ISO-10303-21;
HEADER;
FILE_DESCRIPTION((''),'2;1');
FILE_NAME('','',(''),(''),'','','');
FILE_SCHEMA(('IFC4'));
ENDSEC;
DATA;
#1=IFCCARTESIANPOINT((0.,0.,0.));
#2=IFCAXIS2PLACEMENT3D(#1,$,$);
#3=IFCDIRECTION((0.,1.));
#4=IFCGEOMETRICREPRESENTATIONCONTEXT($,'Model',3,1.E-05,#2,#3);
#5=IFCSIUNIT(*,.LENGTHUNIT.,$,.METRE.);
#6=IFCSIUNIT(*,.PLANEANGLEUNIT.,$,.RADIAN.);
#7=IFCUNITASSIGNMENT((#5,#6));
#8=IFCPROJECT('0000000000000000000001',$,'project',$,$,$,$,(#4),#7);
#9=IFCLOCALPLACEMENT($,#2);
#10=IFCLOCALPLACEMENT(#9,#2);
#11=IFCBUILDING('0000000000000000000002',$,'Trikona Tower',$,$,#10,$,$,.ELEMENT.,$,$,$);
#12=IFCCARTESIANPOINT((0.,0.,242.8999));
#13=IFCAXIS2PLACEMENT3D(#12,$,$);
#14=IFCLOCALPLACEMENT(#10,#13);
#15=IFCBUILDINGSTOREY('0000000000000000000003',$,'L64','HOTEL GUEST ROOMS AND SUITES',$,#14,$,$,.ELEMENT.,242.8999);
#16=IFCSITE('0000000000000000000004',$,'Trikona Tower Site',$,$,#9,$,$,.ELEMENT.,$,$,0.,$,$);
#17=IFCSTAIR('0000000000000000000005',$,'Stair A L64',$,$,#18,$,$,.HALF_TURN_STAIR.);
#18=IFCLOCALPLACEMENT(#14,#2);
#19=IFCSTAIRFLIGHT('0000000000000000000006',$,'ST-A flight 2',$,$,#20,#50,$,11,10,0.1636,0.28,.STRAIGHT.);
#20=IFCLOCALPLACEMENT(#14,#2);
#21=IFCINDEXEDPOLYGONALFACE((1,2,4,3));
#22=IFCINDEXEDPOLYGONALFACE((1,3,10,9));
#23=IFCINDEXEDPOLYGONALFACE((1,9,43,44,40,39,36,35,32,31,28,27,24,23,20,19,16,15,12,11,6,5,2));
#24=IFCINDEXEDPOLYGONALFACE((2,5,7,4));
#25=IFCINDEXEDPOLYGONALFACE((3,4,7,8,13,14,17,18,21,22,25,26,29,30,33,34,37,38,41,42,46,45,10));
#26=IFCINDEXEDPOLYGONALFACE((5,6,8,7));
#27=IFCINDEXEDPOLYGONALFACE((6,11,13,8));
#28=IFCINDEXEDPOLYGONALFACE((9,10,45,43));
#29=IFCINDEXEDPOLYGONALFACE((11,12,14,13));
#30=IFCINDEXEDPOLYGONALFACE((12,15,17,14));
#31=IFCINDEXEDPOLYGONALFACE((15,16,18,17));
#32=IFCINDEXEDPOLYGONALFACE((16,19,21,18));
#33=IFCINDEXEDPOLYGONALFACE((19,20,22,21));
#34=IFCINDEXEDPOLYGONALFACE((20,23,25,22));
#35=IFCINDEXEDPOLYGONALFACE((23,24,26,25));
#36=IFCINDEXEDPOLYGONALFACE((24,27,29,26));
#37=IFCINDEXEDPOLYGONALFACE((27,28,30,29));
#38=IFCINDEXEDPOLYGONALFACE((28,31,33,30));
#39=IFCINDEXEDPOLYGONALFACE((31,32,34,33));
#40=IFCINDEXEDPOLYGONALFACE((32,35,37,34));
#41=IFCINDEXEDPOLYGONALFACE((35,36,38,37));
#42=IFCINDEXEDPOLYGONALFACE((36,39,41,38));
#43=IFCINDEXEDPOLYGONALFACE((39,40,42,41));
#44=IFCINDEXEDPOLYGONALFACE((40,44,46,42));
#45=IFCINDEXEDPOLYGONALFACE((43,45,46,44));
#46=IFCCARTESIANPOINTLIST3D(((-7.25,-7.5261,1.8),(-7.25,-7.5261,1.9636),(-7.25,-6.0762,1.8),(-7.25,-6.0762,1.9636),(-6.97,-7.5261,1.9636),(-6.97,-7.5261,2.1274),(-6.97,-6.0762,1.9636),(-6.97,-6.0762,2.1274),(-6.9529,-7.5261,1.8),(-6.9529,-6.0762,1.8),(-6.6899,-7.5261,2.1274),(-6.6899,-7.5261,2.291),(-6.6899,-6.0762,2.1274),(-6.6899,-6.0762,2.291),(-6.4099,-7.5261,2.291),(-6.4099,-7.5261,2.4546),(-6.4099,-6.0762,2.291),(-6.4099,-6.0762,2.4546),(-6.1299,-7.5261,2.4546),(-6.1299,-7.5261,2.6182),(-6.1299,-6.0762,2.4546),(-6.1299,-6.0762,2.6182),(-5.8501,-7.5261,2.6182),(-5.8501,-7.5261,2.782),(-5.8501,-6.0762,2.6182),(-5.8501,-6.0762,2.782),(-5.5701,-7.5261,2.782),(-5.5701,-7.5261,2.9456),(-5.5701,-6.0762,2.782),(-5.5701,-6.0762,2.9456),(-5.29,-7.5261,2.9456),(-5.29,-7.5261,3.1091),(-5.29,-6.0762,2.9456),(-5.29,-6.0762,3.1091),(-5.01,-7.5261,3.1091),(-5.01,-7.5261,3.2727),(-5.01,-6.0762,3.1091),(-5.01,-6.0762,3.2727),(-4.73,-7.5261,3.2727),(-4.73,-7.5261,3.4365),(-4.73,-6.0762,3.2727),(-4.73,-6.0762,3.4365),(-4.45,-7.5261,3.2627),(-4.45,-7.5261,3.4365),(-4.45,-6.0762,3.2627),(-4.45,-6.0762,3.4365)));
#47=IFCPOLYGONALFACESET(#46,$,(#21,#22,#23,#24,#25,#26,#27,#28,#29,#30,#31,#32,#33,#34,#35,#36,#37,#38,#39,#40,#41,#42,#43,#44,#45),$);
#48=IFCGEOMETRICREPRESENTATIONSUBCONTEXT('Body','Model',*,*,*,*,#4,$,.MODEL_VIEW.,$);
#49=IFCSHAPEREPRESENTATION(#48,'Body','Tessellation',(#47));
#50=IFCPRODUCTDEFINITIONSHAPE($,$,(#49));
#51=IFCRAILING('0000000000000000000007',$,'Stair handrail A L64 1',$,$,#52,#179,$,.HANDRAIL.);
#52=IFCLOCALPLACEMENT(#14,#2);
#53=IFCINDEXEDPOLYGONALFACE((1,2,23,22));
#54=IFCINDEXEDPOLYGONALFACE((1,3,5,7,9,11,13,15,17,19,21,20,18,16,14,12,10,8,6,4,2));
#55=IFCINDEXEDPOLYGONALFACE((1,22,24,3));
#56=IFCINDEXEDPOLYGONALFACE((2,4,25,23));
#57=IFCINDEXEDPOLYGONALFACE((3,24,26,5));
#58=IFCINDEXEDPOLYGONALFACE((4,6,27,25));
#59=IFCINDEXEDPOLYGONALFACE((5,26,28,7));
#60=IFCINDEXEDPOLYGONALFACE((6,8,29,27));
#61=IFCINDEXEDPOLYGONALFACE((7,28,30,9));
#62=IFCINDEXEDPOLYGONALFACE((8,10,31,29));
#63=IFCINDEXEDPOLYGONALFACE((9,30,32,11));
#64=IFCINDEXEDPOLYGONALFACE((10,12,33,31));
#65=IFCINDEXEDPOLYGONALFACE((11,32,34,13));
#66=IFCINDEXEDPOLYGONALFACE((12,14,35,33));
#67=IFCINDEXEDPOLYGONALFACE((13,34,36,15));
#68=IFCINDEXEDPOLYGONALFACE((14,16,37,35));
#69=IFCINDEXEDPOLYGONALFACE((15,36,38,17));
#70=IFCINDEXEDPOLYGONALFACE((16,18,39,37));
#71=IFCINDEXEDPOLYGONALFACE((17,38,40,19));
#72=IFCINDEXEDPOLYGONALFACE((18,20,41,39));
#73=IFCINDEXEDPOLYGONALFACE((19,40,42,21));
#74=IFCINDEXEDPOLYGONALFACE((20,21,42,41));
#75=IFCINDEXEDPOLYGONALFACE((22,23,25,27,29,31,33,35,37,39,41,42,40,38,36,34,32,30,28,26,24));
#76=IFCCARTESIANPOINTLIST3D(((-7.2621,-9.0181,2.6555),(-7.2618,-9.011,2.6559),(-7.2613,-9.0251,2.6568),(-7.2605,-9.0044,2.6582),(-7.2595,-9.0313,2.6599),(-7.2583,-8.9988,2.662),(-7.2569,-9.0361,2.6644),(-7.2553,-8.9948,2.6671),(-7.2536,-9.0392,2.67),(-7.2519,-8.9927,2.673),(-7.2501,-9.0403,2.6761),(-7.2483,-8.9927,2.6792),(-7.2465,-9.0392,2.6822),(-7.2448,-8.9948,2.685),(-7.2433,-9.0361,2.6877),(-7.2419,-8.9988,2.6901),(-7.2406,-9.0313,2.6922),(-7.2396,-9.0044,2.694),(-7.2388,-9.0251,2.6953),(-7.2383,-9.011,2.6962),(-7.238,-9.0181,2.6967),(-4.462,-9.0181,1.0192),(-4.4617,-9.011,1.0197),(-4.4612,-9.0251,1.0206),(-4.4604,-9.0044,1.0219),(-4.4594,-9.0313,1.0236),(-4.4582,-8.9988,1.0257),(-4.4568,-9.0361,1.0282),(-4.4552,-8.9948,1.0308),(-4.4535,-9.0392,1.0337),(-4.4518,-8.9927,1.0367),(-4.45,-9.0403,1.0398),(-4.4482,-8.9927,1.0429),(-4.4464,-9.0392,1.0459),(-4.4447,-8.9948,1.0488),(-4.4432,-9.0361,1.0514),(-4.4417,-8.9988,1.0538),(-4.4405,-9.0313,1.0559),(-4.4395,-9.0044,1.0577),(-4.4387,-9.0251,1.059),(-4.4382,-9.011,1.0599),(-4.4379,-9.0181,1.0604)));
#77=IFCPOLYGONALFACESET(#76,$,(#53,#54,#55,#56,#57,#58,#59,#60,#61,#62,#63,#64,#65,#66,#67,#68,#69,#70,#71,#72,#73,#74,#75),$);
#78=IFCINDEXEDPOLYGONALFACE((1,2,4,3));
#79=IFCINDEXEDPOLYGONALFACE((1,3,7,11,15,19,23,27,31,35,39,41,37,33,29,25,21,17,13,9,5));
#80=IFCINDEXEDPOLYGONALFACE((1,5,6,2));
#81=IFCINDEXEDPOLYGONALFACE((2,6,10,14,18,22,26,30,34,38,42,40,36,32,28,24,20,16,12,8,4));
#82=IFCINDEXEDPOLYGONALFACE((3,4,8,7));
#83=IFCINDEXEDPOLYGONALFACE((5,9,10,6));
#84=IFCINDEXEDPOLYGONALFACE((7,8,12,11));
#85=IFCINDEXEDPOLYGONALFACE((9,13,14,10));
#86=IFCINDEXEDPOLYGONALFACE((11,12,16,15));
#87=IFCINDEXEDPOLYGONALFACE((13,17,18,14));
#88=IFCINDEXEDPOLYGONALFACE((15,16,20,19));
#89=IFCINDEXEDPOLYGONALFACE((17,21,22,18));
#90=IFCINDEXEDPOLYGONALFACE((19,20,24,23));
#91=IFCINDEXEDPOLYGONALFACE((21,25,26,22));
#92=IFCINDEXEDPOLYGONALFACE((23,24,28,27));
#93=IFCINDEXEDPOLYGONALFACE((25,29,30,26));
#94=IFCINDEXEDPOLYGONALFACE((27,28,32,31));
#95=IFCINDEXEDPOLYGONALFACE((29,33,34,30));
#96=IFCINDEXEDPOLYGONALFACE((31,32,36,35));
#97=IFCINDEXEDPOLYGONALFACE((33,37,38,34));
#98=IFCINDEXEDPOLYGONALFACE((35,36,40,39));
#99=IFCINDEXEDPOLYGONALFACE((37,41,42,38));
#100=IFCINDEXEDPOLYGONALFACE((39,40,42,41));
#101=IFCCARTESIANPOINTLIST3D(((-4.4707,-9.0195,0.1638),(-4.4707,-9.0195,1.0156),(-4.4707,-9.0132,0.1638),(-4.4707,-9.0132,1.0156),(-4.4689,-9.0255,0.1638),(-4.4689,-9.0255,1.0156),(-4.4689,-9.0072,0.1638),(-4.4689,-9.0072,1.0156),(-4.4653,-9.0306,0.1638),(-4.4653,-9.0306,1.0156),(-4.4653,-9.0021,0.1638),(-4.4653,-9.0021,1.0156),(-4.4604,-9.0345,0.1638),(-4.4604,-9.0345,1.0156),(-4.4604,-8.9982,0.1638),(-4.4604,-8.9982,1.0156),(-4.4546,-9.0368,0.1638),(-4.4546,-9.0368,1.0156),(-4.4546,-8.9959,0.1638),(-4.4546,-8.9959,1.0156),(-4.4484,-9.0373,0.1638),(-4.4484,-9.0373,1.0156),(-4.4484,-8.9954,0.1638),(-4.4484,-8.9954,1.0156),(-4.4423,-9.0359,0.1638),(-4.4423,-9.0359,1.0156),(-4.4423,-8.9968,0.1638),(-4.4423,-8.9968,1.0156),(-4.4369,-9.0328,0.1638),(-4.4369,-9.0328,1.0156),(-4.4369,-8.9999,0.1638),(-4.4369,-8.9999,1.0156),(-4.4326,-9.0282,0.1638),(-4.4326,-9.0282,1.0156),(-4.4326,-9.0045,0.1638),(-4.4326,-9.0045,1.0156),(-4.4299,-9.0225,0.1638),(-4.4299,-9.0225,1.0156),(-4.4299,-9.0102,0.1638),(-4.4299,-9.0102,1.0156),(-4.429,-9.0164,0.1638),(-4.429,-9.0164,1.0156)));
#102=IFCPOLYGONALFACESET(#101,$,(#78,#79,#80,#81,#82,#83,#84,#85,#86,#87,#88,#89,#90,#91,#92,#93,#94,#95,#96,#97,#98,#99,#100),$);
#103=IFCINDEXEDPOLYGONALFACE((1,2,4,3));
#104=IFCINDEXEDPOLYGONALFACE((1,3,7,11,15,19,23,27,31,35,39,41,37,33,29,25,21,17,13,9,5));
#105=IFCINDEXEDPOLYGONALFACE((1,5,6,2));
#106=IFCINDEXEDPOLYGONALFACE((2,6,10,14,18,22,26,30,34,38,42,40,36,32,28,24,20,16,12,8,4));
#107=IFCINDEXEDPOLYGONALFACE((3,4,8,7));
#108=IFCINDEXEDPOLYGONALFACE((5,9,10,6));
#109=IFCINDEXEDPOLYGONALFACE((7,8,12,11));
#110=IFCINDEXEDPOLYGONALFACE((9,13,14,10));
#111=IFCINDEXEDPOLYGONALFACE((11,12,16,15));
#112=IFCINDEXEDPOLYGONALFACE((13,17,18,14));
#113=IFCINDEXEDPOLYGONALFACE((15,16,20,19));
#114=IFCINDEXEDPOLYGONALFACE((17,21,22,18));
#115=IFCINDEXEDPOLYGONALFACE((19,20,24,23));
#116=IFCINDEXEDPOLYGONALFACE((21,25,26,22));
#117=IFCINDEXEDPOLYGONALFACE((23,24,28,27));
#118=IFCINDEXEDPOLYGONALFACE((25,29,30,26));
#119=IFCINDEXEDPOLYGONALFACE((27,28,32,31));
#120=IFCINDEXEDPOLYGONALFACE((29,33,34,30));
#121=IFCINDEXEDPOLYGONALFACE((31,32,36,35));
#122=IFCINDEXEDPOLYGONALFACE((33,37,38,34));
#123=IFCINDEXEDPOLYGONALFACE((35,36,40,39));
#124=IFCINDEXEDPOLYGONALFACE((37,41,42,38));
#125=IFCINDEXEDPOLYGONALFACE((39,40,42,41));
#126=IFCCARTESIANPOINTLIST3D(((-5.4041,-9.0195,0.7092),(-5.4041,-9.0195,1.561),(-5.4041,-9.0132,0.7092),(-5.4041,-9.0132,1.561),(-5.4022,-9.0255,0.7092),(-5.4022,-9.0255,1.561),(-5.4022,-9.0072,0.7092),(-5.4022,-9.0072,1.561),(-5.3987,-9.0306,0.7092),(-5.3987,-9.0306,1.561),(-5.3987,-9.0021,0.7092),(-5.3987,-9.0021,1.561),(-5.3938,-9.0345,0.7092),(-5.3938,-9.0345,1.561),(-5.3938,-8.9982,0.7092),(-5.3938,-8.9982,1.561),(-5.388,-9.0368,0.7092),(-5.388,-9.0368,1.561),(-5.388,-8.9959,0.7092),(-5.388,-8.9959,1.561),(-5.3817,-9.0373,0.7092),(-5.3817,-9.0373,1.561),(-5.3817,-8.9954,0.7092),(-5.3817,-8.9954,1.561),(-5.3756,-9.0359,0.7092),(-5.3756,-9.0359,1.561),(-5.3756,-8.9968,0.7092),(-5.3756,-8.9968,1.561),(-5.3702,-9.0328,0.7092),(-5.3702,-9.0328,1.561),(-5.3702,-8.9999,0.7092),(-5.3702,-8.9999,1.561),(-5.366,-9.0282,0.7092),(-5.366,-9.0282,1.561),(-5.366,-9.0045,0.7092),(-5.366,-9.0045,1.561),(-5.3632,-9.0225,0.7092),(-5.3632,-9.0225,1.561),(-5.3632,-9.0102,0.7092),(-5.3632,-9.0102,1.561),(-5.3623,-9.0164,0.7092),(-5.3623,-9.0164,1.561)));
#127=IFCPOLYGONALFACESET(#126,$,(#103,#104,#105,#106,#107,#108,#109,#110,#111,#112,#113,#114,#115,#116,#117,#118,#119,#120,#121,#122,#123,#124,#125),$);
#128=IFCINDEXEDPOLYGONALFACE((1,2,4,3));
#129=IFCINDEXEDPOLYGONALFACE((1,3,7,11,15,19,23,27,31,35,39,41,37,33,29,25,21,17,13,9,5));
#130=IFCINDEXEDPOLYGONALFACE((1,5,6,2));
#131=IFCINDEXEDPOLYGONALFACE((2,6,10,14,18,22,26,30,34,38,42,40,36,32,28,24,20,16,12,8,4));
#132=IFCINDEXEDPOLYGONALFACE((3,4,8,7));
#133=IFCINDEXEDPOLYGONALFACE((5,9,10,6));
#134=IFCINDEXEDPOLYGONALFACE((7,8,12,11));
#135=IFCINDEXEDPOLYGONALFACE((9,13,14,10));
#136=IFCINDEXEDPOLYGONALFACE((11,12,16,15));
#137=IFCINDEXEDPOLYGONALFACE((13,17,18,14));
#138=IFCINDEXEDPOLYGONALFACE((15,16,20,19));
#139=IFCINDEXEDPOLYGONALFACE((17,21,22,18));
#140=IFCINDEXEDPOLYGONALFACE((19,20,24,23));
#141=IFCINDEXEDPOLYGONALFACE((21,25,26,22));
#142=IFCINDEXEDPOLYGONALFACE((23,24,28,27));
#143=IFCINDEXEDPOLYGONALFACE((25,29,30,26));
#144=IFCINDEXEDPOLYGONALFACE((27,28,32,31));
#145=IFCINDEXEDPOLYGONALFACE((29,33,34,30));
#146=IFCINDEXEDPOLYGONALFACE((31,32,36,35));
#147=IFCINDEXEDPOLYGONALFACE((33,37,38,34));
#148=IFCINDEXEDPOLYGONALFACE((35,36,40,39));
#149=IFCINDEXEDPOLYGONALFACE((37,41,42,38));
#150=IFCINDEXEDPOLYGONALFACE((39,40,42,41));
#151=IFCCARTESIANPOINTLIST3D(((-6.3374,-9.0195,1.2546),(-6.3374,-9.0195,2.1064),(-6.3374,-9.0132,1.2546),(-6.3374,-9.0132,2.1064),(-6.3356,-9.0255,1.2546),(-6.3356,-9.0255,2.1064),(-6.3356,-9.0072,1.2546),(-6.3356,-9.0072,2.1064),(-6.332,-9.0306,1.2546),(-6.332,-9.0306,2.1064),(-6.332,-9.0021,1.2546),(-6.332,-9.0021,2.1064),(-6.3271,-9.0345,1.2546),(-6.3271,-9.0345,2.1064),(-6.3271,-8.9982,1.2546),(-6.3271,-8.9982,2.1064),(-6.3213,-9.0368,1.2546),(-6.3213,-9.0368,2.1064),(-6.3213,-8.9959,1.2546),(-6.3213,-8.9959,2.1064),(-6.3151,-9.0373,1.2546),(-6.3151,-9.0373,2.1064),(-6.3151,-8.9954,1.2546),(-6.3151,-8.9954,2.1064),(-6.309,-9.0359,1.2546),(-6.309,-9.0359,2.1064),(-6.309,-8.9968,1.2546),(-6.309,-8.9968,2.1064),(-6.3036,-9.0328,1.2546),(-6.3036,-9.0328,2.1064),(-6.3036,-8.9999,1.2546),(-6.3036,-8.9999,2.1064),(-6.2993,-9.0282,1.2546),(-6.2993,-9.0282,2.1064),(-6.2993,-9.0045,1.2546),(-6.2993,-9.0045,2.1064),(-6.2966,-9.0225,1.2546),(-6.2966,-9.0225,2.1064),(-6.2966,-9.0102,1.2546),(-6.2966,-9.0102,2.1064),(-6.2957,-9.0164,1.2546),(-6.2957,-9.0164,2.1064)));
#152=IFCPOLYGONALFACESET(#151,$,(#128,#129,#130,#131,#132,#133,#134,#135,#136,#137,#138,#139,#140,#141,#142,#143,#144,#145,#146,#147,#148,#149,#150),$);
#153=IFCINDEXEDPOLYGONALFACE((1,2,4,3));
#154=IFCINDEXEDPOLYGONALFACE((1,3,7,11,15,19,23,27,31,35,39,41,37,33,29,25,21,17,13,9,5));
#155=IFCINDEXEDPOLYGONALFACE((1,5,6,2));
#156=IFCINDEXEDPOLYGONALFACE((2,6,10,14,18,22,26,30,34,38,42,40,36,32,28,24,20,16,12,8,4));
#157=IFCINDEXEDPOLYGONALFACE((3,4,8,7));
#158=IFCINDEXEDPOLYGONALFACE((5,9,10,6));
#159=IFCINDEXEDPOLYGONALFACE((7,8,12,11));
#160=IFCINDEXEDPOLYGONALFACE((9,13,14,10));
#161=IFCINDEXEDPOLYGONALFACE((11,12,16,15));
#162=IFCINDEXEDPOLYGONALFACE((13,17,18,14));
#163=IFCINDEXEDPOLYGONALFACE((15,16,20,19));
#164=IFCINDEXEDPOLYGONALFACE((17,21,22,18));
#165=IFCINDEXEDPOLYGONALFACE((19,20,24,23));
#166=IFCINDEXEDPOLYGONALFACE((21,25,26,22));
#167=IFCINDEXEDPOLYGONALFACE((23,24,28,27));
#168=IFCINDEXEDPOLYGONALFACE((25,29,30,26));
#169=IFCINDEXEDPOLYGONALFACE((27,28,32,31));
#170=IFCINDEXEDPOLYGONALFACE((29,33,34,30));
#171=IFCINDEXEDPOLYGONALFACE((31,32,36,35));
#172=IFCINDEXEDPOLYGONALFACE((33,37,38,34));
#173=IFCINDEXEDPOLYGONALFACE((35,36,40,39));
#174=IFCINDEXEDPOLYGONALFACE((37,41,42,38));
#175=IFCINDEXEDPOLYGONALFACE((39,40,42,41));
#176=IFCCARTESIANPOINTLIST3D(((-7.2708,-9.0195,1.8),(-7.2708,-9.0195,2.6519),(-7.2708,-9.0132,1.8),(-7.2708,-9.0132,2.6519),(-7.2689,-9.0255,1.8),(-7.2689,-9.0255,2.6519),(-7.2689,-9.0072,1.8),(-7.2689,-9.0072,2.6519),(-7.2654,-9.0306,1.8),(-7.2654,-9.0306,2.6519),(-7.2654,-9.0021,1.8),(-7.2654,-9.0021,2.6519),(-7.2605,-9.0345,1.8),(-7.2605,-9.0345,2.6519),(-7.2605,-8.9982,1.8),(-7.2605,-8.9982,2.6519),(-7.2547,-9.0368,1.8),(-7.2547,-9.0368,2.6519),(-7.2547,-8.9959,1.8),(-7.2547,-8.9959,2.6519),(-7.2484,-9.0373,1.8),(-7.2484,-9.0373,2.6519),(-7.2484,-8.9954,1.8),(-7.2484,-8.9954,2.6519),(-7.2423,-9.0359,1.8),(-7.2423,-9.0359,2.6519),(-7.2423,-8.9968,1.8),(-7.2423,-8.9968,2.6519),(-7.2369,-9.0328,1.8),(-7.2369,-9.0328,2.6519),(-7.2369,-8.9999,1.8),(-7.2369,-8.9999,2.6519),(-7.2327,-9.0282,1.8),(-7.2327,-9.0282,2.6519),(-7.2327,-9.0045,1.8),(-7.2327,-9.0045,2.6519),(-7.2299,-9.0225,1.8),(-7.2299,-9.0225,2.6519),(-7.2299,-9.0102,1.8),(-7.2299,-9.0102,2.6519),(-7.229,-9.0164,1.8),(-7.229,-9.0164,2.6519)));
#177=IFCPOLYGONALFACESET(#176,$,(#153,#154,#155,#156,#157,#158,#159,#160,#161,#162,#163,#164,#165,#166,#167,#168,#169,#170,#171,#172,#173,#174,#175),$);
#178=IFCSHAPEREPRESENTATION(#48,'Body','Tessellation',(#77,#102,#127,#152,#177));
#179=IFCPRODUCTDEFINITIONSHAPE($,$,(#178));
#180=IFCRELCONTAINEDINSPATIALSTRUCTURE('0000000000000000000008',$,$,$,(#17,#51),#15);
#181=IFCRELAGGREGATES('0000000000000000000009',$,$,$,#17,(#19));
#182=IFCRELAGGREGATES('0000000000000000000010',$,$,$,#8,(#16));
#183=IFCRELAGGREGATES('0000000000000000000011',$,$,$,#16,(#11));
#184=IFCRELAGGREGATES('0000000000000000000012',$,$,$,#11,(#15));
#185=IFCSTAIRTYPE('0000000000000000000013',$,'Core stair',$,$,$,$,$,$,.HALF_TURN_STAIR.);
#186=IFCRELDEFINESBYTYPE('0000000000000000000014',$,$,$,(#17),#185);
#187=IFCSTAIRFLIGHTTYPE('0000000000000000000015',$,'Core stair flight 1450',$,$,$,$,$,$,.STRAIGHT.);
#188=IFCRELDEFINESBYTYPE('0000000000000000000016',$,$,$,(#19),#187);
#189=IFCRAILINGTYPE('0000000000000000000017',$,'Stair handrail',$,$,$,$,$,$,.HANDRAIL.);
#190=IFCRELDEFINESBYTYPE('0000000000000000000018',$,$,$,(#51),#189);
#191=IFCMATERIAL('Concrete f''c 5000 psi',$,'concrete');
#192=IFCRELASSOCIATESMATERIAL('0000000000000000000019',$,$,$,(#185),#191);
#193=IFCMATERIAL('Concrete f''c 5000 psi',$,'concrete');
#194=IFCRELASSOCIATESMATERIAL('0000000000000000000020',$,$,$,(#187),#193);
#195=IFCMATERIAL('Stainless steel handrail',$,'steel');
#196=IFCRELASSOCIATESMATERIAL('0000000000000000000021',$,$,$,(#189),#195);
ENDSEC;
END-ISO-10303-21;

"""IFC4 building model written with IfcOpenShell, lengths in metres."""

from ifc_helpers import new_model, si_unit, direction, frame, origin, origin_2d, place, context, subcontext, project, spatial, polyline, circle, outline, extrude, material, type_object, element, aggregate, save


model = new_model("IFC4")

# Units and contexts
model_context = context("Model", 3, precision=1e-05, world=origin(), true_north=direction((0.0, 1.0)))
body_context = subcontext(model_context, "Body", "Model", "MODEL_VIEW")
ifc_project = project(units=[si_unit("LENGTHUNIT", "METRE"), si_unit("PLANEANGLEUNIT", "RADIAN")], contexts=[model_context])

# Site, building, storey
site_placement = place(None, origin())
site = spatial("IfcSite", under=ifc_project, at=site_placement, Name="Trikona Tower Site", CompositionType="ELEMENT", RefElevation=0.0)
building_placement = place(site_placement, origin())
building = spatial("IfcBuilding", under=site, at=building_placement, Name="Trikona Tower", CompositionType="ELEMENT")
storey_placement = place(building_placement, frame((0.0, 0.0, 242.8999)))
storey = spatial("IfcBuildingStorey", under=building, at=storey_placement, Name="L64", Description="HOTEL GUEST ROOMS AND SUITES", CompositionType="ELEMENT", Elevation=242.8999)

# Stair, stair flight
ifc_material_1 = material(Name="Concrete f'c 5000 psi", Category="concrete")
stair_type = type_object("IfcStairType", Name="Core stair", PredefinedType="HALF_TURN_STAIR", material=ifc_material_1)
stair_placement = place(storey_placement, origin())
stair = element("IfcStair", 1, at=stair_placement, inside=storey, type_object=stair_type, Name="Stair A L64", PredefinedType="HALF_TURN_STAIR")
ifc_material_2 = material(Name="Concrete f'c 5000 psi", Category="concrete")
stair_flight_type = type_object("IfcStairFlightType", Name="Core stair flight 1450", PredefinedType="STRAIGHT", material=ifc_material_2)
stair_flight_1_placement = place(storey_placement, frame((-7.25, -6.8013, 1.8), z_axis=(0.0, 0.0, 1.0), x_axis=(1.0, 0.0, 0.0)))
stair_flight_1 = element("IfcStairFlight", 2, at=stair_flight_1_placement, type_object=stair_flight_type, Name="ST-A flight 2", NumberOfRisers=11, NumberOfTreads=10, PredefinedType="STRAIGHT", RiserHeight=0.1636, TreadLength=0.28, context=body_context, shape_type="SweptSolid", body=[
    extrude(outline(polyline([(0.0, 0.0), (0.0, 0.1636), (0.28, 0.1636), (0.28, 0.3274), (0.5601, 0.3274), (0.5601, 0.491), (0.8401, 0.491), (0.8401, 0.6545), (1.1201, 0.6545), (1.1201, 0.8181), (1.3999, 0.8181), (1.3999, 0.9819), (1.6799, 0.9819), (1.6799, 1.1455), (1.96, 1.1455), (1.96, 1.3091), (2.24, 1.3091), (2.24, 1.4727), (2.52, 1.4727), (2.52, 1.6365), (2.8, 1.6365), (2.8, 1.8), (2.8, 1.4626), (0.2971, 0.0), (0.0, 0.0)])), frame((0.0, 0.7251, 0.0), z_axis=(0.0, -1.0, 0.0), x_axis=(1.0, 0.0, 0.0)), (0.0, 0.0, 1.0), 1.45),
])
aggregate(stair, [stair_flight_1])

# Railing
ifc_material_3 = material(Name="Stainless steel handrail", Category="steel")
railing_type = type_object("IfcRailingType", Name="Stair handrail", PredefinedType="HANDRAIL", material=ifc_material_3)
railing_1_placement = place(storey_placement, frame((-4.45, -9.0164, 0.1638)))
element("IfcRailing", 3, at=railing_1_placement, inside=storey, type_object=railing_type, Name="Stair handrail A L64 1", PredefinedType="HANDRAIL", context=body_context, shape_type="SweptSolid", body=[
    extrude(circle(Radius=0.0239, at=origin_2d()), frame((0.0, 0.0, 0.876), z_axis=(-0.863394, 0.0, 0.504531), x_axis=(0.0, -1.0, 0.0)), (0.0, 0.0, 1.0), 3.2432),
    extrude(circle(Radius=0.021, at=origin_2d()), origin(), (0.0, 0.0, 1.0), 0.8518),
    extrude(circle(Radius=0.021, at=origin_2d()), frame((-0.9333, 0.0, 0.5454)), (0.0, 0.0, 1.0), 0.8518),
    extrude(circle(Radius=0.021, at=origin_2d()), frame((-1.8667, 0.0, 1.0908)), (0.0, 0.0, 1.0), 0.8518),
    extrude(circle(Radius=0.021, at=origin_2d()), frame((-2.8, 0.0, 1.6362)), (0.0, 0.0, 1.0), 0.8518),
])

save(model, "model.ifc")
